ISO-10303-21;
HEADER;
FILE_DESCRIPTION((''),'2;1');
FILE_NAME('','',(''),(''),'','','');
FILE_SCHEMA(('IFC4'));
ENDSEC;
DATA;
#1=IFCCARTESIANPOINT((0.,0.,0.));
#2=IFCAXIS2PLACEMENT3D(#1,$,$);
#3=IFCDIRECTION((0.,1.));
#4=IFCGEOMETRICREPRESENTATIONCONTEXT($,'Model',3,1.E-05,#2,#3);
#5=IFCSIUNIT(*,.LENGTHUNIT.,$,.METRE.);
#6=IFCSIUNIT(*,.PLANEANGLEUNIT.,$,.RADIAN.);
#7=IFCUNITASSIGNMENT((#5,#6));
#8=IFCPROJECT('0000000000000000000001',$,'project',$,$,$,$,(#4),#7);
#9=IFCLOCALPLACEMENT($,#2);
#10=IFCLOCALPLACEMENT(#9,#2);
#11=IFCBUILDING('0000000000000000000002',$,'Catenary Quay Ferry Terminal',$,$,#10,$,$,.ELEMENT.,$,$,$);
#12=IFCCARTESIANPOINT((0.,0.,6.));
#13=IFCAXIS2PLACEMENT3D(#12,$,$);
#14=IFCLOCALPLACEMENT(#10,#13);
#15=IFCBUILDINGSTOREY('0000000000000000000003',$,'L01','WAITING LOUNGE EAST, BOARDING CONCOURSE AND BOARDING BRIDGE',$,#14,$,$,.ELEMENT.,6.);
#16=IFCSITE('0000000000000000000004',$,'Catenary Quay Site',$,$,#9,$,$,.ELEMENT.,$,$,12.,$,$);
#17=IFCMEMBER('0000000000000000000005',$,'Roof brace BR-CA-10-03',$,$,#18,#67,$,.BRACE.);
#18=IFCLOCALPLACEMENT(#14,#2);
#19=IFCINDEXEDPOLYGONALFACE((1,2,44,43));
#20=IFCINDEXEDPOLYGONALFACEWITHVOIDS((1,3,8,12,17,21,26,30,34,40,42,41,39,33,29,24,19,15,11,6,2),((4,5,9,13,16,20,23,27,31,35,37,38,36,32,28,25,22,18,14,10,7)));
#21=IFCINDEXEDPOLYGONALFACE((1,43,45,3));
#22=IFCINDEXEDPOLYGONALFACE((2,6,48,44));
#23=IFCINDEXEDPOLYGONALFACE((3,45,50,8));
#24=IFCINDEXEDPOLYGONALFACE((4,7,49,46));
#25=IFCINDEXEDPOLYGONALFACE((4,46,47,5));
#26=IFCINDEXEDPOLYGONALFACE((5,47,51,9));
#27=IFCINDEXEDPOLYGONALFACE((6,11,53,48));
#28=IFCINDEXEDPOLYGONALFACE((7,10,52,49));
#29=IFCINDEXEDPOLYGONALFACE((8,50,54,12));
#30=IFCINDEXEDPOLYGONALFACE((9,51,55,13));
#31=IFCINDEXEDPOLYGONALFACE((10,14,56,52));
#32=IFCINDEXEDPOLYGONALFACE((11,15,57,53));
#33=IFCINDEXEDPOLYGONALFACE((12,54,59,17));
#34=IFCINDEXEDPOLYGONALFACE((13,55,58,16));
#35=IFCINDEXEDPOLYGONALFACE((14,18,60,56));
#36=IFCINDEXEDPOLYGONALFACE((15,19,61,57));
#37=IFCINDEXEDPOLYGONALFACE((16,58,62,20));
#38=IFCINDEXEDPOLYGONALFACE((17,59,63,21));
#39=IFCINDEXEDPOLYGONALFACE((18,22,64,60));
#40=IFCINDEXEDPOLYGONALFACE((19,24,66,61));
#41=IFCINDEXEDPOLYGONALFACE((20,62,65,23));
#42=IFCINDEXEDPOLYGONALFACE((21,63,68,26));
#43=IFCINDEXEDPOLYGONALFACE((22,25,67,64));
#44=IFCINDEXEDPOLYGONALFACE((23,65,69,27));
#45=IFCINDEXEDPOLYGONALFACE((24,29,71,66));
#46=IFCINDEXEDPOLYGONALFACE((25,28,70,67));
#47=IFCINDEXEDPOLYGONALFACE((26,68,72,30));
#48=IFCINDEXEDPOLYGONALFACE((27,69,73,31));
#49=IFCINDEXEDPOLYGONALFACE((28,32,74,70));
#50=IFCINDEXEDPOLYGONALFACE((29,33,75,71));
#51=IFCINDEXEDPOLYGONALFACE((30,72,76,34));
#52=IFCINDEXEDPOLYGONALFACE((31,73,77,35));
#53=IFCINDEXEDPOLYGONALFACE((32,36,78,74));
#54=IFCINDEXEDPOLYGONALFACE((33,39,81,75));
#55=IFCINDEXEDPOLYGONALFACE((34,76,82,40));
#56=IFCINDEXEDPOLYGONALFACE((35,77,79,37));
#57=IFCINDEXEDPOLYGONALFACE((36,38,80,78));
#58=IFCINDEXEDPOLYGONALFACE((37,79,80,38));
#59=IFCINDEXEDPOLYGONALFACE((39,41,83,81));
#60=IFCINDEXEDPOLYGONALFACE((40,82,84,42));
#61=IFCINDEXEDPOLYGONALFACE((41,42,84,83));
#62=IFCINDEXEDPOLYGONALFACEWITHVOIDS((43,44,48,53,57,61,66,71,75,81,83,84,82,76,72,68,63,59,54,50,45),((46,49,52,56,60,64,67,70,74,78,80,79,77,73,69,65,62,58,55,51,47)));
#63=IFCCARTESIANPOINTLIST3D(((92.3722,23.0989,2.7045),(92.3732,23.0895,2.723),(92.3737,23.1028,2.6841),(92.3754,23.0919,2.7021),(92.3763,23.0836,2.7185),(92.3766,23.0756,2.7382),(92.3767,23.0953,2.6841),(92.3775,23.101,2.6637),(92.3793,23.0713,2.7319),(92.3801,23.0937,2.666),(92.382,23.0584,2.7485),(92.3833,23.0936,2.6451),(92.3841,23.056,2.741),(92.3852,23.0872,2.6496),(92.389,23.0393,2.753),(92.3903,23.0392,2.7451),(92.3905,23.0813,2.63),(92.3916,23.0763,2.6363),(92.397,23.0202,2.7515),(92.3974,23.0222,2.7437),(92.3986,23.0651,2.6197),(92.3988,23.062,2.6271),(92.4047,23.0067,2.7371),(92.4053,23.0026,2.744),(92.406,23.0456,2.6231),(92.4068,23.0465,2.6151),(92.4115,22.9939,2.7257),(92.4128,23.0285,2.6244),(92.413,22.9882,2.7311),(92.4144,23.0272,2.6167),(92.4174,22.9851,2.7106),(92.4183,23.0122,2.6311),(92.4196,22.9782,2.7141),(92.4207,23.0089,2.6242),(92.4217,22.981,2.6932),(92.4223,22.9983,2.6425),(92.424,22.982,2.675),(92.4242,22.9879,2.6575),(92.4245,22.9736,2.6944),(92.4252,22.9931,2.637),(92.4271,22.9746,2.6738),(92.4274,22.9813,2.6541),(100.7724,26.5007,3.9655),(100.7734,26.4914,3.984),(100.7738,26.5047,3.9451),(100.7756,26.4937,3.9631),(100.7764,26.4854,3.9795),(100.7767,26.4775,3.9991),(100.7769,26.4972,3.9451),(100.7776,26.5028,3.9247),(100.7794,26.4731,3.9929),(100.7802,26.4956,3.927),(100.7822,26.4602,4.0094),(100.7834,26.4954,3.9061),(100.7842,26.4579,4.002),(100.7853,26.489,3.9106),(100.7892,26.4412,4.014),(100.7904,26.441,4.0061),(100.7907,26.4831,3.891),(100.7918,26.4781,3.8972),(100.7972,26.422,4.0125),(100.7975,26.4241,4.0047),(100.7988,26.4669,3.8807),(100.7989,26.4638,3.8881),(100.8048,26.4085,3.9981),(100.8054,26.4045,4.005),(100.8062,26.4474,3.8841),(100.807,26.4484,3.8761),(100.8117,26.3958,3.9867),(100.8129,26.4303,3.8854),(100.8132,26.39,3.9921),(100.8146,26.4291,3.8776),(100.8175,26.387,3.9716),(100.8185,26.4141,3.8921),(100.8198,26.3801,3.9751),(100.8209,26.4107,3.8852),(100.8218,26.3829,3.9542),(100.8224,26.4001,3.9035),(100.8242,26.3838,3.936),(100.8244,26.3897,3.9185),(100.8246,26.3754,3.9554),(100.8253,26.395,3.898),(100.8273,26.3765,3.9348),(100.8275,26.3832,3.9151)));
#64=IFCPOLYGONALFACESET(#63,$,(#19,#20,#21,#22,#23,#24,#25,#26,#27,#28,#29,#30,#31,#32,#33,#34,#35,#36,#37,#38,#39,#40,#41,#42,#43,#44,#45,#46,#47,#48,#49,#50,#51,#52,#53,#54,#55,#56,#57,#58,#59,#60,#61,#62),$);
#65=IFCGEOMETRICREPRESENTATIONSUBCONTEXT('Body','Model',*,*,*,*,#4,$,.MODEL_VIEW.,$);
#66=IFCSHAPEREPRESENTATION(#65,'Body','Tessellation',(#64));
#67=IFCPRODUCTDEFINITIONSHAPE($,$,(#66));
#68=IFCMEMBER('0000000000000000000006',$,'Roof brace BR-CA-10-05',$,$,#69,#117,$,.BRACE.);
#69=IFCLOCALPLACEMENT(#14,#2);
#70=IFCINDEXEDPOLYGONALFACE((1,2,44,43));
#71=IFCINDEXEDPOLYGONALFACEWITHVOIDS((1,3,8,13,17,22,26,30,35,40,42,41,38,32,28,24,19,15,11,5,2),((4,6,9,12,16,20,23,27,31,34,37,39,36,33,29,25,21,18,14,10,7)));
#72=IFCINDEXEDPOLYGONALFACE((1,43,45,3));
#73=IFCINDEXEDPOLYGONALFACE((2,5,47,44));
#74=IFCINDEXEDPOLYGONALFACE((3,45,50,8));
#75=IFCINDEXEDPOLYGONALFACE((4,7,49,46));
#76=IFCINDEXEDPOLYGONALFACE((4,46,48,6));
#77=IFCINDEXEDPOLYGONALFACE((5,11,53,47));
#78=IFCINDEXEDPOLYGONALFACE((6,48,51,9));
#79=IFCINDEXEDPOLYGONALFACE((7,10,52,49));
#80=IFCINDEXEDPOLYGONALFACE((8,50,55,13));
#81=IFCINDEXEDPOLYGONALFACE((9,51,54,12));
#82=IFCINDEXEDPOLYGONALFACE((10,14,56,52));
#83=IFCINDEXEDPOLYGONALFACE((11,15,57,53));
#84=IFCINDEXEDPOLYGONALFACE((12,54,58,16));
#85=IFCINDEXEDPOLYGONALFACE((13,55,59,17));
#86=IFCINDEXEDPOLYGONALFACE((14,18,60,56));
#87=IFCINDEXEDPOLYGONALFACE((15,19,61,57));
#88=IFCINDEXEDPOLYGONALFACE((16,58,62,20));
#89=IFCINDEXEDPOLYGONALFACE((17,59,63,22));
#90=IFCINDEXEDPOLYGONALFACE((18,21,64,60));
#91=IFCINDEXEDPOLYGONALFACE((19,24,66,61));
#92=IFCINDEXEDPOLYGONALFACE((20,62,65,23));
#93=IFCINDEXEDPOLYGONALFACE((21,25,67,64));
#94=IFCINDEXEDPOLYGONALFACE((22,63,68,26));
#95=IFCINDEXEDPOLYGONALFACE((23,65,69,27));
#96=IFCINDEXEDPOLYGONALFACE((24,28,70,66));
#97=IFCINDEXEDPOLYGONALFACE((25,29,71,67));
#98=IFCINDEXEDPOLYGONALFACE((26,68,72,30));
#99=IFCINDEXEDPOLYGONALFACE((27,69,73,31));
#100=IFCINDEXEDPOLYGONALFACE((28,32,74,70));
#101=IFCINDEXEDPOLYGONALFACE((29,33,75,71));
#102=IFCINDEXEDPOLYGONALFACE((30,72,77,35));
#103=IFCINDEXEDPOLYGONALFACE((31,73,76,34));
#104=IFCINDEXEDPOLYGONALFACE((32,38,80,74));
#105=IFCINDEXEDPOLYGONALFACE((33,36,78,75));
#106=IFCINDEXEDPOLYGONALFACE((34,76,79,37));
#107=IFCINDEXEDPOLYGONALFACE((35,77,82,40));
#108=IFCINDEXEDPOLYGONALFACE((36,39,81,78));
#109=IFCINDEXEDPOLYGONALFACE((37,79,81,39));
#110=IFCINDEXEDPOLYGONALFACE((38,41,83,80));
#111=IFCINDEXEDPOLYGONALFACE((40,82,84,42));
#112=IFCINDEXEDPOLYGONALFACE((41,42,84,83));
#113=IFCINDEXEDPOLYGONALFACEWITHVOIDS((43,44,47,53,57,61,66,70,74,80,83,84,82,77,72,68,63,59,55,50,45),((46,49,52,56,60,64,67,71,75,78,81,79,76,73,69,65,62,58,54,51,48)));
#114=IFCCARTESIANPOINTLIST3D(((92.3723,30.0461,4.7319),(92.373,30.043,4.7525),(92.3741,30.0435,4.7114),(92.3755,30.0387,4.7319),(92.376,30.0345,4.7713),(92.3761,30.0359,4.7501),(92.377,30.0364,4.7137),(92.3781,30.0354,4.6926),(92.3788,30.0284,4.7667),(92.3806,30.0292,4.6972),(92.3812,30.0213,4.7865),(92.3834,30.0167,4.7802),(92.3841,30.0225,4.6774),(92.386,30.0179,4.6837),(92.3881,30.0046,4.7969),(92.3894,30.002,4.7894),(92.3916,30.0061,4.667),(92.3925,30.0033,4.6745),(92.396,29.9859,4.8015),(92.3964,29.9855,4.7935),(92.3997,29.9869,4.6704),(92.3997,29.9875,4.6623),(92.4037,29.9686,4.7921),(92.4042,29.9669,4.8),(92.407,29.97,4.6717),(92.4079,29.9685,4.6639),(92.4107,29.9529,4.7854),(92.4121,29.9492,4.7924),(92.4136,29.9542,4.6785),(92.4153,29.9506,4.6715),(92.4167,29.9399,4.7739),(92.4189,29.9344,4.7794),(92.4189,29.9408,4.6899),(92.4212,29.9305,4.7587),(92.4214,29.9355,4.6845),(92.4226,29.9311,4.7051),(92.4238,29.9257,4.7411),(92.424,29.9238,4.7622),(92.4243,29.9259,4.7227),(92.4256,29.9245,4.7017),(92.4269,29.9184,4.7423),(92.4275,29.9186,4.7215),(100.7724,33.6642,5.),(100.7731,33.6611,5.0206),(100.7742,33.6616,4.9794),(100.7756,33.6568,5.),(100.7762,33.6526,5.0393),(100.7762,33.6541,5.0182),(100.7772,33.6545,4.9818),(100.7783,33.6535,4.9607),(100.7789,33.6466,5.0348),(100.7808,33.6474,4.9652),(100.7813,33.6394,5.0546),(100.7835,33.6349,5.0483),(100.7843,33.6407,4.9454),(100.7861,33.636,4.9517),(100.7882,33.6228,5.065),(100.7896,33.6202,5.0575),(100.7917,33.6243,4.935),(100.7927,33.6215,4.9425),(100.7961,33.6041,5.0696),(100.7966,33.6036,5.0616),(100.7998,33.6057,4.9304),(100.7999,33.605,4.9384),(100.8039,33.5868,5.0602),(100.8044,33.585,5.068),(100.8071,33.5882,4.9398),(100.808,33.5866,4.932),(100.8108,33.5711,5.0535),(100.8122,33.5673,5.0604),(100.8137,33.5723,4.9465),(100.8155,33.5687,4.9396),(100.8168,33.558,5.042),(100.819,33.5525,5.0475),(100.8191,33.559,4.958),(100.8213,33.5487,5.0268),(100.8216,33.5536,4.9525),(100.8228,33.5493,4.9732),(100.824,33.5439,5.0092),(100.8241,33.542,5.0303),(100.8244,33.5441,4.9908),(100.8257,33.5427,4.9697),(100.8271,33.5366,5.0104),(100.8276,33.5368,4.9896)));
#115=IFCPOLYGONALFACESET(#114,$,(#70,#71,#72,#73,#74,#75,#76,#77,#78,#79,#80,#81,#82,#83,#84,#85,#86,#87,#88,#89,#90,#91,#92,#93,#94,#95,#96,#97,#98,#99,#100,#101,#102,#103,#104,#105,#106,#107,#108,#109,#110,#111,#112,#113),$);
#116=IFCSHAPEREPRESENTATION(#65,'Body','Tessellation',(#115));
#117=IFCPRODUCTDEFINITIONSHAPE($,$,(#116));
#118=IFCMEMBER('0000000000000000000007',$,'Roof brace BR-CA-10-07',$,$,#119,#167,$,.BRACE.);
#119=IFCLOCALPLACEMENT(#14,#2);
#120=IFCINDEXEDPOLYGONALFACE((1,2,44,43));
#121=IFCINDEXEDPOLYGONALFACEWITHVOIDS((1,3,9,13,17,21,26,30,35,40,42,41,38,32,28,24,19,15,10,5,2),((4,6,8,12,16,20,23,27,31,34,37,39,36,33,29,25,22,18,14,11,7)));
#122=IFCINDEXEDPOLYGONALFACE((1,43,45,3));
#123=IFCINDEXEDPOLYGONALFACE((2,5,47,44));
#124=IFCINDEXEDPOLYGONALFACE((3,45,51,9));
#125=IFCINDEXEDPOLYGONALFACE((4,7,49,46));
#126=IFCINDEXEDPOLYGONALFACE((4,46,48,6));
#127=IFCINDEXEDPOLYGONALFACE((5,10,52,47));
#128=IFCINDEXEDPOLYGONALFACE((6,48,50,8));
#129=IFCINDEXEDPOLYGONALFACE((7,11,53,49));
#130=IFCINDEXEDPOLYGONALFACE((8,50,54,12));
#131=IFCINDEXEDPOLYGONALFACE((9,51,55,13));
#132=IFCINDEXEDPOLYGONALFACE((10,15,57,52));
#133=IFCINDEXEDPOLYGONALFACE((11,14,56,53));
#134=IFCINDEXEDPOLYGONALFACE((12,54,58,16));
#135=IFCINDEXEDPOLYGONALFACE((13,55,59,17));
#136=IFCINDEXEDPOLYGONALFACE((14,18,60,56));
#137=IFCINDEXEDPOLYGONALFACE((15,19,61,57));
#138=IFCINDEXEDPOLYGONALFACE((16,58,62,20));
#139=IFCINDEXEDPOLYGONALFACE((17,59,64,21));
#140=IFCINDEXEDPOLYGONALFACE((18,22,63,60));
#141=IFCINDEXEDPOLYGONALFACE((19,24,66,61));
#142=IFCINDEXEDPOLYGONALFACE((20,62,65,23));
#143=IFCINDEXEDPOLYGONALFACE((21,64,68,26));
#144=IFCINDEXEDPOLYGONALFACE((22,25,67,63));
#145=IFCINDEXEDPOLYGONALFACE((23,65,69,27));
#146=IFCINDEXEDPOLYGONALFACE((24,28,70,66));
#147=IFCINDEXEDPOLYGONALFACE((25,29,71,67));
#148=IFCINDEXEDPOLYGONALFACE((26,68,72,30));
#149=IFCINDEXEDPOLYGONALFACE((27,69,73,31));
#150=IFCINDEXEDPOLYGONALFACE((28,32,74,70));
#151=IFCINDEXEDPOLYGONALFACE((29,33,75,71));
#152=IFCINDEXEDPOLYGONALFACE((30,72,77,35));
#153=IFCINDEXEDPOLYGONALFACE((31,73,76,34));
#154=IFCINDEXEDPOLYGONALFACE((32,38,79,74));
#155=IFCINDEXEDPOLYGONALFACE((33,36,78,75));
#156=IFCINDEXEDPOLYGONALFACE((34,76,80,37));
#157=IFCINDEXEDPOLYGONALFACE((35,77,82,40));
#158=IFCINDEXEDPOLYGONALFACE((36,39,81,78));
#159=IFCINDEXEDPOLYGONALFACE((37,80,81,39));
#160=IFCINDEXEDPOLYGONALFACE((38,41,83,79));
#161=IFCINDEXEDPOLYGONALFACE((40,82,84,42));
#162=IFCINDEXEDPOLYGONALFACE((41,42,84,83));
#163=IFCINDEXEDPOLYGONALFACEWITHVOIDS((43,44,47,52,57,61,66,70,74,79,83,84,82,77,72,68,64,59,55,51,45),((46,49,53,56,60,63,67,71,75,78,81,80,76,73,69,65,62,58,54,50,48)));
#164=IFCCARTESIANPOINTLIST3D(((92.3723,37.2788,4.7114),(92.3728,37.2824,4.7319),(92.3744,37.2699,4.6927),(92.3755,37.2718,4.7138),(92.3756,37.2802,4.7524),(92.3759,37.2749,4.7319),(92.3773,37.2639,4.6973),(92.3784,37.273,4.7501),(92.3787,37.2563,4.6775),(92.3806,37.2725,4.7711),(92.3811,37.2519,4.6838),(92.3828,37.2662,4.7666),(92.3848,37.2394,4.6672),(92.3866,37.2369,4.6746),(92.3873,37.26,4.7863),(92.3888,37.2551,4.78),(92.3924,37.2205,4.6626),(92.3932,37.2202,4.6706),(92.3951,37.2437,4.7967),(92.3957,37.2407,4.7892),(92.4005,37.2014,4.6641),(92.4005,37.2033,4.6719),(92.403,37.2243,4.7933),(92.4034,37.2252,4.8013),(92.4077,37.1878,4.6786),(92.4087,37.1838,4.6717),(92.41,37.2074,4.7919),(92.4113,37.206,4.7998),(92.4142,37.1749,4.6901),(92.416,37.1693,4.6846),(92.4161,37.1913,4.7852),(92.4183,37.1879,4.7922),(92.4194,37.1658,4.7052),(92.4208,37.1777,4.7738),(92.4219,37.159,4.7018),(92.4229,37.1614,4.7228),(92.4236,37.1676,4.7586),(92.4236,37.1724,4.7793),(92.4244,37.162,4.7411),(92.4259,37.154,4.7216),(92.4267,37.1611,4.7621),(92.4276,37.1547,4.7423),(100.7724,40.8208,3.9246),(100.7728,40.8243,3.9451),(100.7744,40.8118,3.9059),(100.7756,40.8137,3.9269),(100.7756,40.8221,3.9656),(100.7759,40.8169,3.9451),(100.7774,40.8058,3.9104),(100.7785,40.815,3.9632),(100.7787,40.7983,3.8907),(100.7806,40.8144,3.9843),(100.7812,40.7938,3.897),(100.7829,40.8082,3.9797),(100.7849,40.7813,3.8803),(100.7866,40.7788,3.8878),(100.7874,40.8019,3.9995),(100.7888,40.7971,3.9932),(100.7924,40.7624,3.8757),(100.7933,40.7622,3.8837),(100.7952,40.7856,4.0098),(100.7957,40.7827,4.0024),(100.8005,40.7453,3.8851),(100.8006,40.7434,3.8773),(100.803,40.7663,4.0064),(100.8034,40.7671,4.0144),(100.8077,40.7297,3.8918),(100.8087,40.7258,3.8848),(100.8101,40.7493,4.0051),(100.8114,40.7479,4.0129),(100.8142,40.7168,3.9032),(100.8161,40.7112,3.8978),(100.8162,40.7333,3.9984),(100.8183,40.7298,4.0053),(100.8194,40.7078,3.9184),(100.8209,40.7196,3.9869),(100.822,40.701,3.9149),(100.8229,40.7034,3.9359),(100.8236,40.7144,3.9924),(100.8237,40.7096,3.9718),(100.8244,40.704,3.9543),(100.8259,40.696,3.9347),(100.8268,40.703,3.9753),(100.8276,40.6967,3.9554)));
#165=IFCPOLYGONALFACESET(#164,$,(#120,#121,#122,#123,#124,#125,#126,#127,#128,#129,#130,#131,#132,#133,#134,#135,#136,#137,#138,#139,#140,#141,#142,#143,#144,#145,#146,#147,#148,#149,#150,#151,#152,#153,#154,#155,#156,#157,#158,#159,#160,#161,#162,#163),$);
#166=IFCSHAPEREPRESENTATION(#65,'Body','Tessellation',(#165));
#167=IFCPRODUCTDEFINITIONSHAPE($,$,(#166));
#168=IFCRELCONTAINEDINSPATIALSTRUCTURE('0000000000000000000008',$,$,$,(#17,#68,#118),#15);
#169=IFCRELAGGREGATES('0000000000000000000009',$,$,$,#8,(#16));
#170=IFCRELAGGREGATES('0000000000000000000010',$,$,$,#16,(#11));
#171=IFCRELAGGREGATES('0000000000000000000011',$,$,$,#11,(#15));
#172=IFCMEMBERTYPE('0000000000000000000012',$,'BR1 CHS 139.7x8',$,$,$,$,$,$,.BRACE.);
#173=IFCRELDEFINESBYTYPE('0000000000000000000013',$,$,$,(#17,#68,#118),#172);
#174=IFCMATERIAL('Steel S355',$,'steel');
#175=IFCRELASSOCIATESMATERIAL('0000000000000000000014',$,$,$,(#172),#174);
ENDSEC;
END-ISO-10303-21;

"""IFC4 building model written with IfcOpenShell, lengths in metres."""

from ifc_helpers import new_model, si_unit, direction, frame, origin, origin_2d, place, context, subcontext, project, spatial, hollow_circle, extrude, material, material_profile, profile_set, type_object, element, save


model = new_model("IFC4")

# Units and contexts
model_context = context("Model", 3, precision=1e-05, world=origin(), true_north=direction((0.0, 1.0)))
body_context = subcontext(model_context, "Body", "Model", "MODEL_VIEW")
ifc_project = project(units=[si_unit("LENGTHUNIT", "METRE"), si_unit("PLANEANGLEUNIT", "RADIAN")], contexts=[model_context])

# Site, building, storey
site_placement = place(None, origin())
site = spatial("IfcSite", under=ifc_project, at=site_placement, Name="Catenary Quay Site", CompositionType="ELEMENT", RefElevation=12.0)
building_placement = place(site_placement, origin())
building = spatial("IfcBuilding", under=site, at=building_placement, Name="Catenary Quay Ferry Terminal", CompositionType="ELEMENT")
storey_placement = place(building_placement, frame((0.0, 0.0, 6.0)))
storey = spatial("IfcBuildingStorey", under=building, at=storey_placement, Name="L01", Description="WAITING LOUNGE EAST, BOARDING CONCOURSE AND BOARDING BRIDGE", CompositionType="ELEMENT", Elevation=6.0)

# Members
ifc_material_1 = material(Name="Steel S355", Category="steel")
ifc_material_profile_1 = material_profile(ifc_material_1, hollow_circle(Radius=0.0698, WallThickness=0.0081, at=origin_2d()), Name="CHS 139.7x8")
ifc_profile_set_1 = profile_set([ifc_material_profile_1], Name="Steel S355")
member_type_1 = type_object("IfcMemberType", Name="BR1 CHS 139.7x8", PredefinedType="BRACE", material=ifc_profile_set_1)
for number, where, z_axis, x_axis, name in (
    (1, (92.3999, 23.0381, 2.6841), (0.918034, 0.371782, 0.137811), (-0.375363, 0.926878, 0.0), "Roof brace BR-CA-10-03"),
    (2, (92.3999, 29.9819, 4.7319), (0.918033, 0.395421, 0.029296), (-0.395591, 0.918427, 0.0), "Roof brace BR-CA-10-05"),
    (3, (92.3999, 37.218, 4.7319), (0.918022, 0.387092, -0.085994), (-0.388531, 0.921436, 0.0), "Roof brace BR-CA-10-07"),
):
    element("IfcMember", number, at=place(storey_placement, frame(where, z_axis=z_axis, x_axis=x_axis)), inside=storey, type_object=member_type_1, Name=name, PredefinedType="BRACE", context=body_context, shape_type="SweptSolid", body=[
        extrude(hollow_circle(Radius=0.0698, WallThickness=0.0081, at=origin_2d()), origin(), (0.0, 0.0, 1.0), 9.1501),
    ])

save(model, "model.ifc")
